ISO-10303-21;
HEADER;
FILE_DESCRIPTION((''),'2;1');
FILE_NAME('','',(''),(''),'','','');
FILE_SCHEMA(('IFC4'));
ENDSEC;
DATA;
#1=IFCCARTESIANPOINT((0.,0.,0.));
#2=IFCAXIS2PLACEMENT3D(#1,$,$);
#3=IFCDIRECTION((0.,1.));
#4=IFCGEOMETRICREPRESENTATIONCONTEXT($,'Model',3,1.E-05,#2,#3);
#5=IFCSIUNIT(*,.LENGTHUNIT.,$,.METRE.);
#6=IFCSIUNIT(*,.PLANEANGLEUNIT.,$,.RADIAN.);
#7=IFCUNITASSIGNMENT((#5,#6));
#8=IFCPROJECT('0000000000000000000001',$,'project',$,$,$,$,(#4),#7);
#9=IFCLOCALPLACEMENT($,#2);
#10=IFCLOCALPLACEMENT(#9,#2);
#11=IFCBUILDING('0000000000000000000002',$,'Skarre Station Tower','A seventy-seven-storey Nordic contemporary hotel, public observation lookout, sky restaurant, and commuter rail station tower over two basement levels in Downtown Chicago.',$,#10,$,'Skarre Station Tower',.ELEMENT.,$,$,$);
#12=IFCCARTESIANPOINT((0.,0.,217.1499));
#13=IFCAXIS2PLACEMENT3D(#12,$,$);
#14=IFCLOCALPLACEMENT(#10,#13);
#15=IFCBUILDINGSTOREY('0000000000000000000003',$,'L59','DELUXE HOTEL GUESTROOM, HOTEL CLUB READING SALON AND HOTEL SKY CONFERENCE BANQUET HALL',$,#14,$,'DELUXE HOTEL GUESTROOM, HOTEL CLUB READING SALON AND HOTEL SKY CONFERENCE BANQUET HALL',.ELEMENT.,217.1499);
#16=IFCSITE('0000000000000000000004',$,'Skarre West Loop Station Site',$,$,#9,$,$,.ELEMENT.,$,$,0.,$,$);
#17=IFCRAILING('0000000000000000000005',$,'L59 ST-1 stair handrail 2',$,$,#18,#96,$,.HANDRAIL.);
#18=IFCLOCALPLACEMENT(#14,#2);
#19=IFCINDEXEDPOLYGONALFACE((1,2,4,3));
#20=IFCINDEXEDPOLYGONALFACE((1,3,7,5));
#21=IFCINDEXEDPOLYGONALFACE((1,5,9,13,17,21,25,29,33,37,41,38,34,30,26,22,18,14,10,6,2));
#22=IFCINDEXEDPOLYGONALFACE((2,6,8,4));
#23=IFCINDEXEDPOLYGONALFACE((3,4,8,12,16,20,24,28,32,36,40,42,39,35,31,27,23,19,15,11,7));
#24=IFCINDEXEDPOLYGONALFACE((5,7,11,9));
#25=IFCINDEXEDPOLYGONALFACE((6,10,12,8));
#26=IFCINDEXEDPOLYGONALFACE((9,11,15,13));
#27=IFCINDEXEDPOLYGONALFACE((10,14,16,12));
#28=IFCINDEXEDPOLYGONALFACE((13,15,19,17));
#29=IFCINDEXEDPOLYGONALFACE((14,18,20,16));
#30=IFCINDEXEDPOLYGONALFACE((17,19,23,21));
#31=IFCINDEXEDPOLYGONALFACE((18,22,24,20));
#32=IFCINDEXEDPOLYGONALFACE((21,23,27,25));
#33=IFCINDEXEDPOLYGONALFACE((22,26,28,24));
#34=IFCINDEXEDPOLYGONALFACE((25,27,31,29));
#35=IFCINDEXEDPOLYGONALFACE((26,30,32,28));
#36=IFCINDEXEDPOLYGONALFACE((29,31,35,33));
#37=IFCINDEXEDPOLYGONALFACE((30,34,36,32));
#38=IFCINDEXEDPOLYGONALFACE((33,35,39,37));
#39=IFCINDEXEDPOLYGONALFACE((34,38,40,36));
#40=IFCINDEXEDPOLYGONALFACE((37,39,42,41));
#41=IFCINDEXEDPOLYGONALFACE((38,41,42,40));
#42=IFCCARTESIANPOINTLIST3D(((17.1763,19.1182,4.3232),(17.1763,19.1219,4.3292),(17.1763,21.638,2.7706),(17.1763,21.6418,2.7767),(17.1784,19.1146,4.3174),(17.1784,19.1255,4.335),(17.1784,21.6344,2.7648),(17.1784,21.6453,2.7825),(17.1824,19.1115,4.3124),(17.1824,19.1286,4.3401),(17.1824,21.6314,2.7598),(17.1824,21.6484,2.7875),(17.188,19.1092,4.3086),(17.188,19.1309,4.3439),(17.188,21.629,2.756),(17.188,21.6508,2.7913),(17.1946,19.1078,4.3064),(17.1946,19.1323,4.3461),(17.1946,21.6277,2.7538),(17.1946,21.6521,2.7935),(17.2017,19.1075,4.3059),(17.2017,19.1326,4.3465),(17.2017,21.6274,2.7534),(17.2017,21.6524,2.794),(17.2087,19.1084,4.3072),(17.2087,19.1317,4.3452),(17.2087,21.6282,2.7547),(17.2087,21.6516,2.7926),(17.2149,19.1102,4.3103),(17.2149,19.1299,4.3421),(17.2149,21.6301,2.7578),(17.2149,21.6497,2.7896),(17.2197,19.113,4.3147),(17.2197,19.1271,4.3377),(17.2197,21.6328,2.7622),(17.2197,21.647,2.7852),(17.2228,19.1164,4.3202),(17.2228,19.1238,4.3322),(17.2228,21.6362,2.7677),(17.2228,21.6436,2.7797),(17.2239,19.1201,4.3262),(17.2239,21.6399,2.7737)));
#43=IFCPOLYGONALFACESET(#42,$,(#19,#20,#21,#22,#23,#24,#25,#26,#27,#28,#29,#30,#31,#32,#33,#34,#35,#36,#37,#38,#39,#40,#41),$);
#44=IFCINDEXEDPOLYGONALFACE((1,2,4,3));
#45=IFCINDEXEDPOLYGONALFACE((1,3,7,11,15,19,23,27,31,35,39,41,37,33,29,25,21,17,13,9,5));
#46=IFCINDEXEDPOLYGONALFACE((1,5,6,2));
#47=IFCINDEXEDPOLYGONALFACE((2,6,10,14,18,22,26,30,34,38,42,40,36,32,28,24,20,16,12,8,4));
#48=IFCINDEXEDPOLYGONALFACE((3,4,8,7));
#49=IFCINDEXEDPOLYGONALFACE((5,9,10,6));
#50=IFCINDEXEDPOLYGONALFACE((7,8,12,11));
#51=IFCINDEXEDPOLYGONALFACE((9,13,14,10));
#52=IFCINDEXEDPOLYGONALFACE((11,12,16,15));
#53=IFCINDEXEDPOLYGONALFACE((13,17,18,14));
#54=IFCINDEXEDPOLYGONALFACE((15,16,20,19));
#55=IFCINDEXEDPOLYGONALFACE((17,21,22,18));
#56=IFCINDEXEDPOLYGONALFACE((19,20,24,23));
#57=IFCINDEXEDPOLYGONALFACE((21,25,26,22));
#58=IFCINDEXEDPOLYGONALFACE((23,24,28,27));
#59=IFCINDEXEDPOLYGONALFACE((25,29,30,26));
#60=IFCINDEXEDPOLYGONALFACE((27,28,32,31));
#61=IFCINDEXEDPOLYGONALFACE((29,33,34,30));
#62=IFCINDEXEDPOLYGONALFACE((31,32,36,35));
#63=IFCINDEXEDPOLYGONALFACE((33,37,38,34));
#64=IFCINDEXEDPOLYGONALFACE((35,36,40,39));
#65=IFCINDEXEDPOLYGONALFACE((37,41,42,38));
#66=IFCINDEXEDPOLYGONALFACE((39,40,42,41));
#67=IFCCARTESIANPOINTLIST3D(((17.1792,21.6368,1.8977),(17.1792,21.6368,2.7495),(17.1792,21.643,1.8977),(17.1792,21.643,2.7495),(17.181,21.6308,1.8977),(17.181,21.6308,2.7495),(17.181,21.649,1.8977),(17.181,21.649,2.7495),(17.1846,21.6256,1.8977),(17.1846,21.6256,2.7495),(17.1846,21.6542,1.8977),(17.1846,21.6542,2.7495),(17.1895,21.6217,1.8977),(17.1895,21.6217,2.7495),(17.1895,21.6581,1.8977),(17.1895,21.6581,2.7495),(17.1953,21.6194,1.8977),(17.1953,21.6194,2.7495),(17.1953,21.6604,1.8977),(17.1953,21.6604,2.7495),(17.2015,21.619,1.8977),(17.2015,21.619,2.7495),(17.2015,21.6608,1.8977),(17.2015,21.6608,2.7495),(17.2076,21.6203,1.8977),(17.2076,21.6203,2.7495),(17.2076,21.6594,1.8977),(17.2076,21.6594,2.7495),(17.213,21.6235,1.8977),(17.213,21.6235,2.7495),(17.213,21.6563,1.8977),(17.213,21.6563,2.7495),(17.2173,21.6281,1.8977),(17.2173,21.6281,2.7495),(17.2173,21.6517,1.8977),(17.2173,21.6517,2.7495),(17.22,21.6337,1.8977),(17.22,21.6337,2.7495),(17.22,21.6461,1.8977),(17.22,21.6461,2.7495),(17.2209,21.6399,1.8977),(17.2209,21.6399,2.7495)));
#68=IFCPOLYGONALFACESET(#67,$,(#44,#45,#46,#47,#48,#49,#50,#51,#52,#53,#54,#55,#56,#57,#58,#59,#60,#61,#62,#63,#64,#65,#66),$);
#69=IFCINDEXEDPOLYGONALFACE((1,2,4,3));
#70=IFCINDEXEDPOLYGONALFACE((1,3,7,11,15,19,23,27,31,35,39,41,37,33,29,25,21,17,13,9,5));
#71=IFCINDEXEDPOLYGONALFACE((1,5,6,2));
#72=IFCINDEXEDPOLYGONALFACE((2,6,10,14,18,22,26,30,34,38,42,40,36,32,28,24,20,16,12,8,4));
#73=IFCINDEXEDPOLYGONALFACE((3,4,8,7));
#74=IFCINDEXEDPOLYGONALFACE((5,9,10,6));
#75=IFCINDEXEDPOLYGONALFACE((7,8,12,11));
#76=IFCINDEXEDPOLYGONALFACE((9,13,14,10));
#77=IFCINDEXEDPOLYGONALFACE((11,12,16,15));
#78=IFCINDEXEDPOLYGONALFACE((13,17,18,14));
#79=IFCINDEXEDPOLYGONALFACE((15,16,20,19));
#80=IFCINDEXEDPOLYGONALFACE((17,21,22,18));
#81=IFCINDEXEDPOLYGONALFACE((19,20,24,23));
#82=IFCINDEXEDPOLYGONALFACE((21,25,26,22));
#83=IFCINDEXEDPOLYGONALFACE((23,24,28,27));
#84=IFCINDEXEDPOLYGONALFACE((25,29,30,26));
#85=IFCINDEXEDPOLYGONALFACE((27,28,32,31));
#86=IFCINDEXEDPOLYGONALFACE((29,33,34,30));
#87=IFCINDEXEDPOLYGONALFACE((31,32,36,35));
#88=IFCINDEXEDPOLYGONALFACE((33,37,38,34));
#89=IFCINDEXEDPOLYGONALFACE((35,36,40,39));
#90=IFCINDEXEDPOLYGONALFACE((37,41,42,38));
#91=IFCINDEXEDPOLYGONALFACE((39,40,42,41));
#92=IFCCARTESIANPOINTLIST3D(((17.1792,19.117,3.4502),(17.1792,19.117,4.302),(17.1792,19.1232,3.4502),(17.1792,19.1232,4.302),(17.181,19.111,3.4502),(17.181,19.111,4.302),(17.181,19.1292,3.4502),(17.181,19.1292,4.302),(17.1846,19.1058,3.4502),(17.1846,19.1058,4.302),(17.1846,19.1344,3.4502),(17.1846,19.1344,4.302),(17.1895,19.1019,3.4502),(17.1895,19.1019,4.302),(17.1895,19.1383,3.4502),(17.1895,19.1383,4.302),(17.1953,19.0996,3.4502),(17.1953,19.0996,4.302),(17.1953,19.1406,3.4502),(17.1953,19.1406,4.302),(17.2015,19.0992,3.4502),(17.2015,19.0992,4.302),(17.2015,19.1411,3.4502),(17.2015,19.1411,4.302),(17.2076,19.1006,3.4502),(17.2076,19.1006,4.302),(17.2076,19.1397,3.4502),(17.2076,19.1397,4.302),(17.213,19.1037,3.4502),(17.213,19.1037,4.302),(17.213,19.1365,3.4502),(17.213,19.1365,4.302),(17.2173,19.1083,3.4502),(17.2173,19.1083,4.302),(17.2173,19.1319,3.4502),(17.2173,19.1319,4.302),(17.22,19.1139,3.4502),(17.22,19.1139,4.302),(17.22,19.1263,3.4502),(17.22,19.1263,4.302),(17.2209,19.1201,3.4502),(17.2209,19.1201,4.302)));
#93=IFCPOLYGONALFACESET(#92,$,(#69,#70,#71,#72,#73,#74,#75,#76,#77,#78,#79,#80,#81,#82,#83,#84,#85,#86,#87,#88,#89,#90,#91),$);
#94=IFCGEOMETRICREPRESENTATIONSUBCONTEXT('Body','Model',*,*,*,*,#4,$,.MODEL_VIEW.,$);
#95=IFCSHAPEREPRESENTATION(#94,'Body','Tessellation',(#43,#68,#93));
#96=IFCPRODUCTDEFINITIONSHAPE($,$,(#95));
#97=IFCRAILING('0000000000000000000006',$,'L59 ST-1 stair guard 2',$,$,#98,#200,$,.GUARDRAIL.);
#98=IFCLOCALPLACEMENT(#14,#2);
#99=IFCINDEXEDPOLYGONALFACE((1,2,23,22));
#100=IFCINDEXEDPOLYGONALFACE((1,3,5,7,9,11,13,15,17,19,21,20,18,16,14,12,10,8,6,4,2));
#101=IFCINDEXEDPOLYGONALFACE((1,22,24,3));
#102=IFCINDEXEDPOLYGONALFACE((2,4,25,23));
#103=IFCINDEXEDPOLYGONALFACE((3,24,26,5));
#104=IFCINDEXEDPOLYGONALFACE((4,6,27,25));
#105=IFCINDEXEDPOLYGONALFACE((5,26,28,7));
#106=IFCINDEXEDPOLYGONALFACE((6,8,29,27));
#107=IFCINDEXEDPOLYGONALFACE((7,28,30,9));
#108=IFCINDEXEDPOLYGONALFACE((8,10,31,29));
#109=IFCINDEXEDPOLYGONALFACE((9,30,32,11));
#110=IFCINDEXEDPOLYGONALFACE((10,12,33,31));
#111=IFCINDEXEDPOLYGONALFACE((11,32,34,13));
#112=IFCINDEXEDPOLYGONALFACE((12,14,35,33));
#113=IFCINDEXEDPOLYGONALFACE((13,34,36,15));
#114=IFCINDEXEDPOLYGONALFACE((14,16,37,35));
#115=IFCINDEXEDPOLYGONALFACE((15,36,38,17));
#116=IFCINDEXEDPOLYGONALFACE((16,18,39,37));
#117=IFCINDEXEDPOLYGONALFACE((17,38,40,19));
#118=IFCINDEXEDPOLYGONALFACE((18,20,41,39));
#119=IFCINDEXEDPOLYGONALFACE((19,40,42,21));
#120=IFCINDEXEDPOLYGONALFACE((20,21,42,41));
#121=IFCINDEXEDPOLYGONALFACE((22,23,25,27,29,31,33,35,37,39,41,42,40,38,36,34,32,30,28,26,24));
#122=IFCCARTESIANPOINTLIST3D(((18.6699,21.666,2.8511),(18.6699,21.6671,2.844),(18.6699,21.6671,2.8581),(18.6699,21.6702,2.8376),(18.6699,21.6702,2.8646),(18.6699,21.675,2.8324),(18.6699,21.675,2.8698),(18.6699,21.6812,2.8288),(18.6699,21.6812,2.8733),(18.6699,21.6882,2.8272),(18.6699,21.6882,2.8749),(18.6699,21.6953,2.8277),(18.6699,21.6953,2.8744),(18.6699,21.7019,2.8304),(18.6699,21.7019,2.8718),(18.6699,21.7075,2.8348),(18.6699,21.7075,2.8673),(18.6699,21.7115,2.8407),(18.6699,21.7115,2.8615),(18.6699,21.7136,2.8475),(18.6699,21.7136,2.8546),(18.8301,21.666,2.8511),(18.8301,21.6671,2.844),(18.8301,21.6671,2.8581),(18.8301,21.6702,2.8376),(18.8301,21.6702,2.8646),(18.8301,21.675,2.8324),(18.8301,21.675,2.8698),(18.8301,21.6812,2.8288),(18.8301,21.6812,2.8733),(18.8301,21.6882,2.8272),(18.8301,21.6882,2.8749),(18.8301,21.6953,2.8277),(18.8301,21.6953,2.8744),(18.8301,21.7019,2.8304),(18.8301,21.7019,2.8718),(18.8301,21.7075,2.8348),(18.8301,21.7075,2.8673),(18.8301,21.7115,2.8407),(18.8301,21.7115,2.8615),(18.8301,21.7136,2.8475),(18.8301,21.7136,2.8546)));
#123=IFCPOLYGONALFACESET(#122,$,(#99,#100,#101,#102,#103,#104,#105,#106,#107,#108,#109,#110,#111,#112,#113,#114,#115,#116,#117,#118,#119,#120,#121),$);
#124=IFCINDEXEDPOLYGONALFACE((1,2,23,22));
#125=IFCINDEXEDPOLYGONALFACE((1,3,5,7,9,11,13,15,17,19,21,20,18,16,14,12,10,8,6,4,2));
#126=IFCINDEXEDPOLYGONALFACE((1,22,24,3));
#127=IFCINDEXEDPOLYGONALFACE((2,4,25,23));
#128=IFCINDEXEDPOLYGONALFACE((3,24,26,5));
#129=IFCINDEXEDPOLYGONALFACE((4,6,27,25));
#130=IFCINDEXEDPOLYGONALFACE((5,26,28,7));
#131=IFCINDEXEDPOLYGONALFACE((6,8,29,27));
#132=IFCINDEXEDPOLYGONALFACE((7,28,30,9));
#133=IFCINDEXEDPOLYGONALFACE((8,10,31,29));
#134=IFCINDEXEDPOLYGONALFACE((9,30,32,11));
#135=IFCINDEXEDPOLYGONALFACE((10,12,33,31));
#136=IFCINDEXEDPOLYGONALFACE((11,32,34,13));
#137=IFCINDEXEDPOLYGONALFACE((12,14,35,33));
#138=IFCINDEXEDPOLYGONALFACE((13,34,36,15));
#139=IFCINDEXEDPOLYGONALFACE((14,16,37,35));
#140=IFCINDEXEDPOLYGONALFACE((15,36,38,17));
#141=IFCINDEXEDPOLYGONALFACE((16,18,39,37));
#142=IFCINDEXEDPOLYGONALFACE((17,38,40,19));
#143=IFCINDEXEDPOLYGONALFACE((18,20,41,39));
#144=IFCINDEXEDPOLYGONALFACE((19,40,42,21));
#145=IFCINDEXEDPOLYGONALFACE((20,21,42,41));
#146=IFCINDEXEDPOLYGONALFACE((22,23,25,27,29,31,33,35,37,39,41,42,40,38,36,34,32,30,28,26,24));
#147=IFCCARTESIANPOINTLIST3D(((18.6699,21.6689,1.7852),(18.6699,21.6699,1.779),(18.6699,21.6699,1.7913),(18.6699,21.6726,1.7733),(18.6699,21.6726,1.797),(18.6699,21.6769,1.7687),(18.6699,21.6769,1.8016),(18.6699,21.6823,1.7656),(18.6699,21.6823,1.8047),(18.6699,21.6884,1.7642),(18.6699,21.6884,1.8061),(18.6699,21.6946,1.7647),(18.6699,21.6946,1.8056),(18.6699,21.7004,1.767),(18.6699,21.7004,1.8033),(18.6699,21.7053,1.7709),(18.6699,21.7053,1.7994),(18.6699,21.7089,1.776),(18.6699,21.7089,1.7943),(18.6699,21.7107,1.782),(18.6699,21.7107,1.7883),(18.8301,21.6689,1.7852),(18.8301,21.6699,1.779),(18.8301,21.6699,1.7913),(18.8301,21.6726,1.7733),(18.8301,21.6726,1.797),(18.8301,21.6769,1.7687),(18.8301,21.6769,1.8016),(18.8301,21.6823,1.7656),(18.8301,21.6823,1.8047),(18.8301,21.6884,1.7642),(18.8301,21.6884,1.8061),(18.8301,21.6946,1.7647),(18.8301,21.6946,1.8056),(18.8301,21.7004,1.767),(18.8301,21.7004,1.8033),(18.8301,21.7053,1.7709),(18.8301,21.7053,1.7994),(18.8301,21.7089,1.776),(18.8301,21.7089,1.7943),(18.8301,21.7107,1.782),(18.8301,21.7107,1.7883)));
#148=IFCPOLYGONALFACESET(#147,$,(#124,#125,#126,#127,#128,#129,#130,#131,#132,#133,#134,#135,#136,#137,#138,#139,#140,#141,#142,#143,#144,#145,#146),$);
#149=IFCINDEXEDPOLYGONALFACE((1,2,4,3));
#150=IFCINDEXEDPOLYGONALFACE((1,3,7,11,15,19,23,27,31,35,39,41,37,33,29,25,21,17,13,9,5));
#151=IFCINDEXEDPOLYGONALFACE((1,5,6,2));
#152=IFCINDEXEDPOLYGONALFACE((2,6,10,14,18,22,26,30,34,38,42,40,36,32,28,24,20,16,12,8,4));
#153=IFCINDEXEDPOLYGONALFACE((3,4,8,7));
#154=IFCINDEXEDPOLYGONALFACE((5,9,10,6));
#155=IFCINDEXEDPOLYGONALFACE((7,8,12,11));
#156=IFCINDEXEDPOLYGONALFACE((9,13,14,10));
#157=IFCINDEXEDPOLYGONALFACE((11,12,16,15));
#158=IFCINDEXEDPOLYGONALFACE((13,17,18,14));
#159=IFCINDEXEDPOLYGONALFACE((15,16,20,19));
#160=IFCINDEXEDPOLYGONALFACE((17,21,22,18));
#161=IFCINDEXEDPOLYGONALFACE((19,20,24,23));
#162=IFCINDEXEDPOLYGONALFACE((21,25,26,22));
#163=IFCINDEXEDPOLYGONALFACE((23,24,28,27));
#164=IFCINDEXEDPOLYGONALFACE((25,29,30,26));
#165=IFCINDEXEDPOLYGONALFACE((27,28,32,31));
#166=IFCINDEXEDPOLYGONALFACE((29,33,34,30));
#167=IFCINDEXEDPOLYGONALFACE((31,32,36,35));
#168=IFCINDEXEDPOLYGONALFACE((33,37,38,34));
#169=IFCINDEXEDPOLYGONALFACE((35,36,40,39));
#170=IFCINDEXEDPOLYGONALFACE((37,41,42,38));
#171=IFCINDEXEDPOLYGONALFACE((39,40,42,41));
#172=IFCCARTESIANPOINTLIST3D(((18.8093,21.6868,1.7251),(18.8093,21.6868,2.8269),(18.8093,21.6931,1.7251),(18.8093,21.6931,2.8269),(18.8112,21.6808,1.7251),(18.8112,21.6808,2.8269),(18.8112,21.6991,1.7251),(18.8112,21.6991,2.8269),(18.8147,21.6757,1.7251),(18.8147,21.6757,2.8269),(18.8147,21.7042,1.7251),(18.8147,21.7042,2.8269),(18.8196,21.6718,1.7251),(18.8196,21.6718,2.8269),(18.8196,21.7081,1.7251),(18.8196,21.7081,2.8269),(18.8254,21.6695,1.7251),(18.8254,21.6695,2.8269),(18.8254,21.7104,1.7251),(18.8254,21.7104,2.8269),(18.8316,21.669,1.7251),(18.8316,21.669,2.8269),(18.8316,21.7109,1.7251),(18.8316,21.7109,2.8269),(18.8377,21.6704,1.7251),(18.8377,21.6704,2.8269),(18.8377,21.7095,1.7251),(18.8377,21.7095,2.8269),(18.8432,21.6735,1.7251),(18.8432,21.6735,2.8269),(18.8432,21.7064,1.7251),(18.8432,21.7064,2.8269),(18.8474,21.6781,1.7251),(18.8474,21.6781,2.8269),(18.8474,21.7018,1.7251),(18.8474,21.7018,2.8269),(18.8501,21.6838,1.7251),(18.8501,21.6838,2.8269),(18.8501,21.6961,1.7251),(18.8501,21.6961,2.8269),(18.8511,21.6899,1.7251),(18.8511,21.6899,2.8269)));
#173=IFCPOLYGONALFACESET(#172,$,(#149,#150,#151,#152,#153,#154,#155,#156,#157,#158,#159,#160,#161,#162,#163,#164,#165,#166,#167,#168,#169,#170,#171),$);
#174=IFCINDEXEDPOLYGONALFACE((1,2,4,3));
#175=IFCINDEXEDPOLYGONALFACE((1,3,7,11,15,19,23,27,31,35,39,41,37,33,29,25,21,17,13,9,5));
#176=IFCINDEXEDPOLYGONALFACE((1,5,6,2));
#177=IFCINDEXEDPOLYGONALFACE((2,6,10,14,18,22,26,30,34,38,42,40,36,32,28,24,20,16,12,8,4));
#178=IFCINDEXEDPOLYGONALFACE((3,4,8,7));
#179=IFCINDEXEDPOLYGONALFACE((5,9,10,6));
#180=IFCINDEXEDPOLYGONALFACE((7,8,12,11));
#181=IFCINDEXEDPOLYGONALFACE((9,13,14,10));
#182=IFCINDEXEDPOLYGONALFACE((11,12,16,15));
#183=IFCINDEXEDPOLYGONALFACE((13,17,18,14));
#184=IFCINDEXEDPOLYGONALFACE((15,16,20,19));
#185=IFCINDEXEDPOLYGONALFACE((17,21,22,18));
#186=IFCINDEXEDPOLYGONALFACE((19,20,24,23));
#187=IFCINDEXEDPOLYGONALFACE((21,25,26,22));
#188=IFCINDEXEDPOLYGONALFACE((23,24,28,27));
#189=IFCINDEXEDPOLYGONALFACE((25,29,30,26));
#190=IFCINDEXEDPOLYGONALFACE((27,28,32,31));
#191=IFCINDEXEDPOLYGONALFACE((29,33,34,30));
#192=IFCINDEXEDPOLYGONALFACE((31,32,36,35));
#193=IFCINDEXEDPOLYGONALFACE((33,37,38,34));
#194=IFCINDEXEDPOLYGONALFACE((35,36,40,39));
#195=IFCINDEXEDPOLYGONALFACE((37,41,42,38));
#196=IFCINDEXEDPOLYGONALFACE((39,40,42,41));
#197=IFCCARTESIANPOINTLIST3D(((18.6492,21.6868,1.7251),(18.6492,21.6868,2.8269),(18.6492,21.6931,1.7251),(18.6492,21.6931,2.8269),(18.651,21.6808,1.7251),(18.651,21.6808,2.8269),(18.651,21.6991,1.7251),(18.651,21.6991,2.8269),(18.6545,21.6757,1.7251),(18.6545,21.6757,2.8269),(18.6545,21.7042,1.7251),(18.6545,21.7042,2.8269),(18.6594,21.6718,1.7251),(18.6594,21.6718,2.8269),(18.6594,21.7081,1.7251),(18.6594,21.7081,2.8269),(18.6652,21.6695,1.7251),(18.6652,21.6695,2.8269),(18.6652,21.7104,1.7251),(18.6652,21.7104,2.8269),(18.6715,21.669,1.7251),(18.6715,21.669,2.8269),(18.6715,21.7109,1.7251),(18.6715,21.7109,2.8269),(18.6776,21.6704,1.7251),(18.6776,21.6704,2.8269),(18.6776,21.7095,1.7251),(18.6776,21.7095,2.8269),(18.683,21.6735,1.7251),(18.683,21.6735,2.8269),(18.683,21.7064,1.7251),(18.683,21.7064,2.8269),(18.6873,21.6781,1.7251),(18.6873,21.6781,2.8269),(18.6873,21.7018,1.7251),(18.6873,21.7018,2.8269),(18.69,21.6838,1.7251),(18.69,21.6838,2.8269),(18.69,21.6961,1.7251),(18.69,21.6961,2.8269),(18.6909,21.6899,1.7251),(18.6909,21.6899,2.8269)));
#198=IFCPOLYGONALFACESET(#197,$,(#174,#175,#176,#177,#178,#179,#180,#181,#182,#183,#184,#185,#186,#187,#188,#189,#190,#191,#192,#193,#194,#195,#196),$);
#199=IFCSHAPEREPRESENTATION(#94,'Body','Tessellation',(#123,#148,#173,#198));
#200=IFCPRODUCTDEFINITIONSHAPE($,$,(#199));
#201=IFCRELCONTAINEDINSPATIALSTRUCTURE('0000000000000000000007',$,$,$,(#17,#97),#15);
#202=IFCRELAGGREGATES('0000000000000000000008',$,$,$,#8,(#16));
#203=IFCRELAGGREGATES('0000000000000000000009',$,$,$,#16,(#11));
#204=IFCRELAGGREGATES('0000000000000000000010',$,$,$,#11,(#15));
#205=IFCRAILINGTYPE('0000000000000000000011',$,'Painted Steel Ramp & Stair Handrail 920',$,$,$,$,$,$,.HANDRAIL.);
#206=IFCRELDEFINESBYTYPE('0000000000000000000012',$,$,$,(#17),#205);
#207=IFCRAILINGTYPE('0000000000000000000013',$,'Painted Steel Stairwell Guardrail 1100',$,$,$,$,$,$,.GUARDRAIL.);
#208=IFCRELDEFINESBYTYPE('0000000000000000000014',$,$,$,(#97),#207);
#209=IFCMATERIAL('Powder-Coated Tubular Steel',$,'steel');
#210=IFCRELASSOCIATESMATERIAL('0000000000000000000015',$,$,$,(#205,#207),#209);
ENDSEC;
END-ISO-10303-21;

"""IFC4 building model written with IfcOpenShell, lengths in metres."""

from ifc_helpers import new_model, si_unit, direction, frame, origin, origin_2d, place, context, subcontext, project, spatial, circle, extrude, material, type_object, element, save


model = new_model("IFC4")

# Units and contexts
model_context = context("Model", 3, precision=1e-05, world=origin(), true_north=direction((0.0, 1.0)))
body_context = subcontext(model_context, "Body", "Model", "MODEL_VIEW")
ifc_project = project(units=[si_unit("LENGTHUNIT", "METRE"), si_unit("PLANEANGLEUNIT", "RADIAN")], contexts=[model_context])

# Site, building, storey
site_placement = place(None, origin())
site = spatial("IfcSite", under=ifc_project, at=site_placement, Name="Skarre West Loop Station Site", CompositionType="ELEMENT", RefElevation=0.0)
building_placement = place(site_placement, origin())
building = spatial("IfcBuilding", under=site, at=building_placement, Name="Skarre Station Tower", Description="A seventy-seven-storey Nordic contemporary hotel, public observation lookout, sky restaurant, and commuter rail station tower over two basement levels in Downtown Chicago.", LongName="Skarre Station Tower", CompositionType="ELEMENT")
storey_placement = place(building_placement, frame((0.0, 0.0, 217.1499)))
storey = spatial("IfcBuildingStorey", under=building, at=storey_placement, Name="L59", Description="DELUXE HOTEL GUESTROOM, HOTEL CLUB READING SALON AND HOTEL SKY CONFERENCE BANQUET HALL", LongName="DELUXE HOTEL GUESTROOM, HOTEL CLUB READING SALON AND HOTEL SKY CONFERENCE BANQUET HALL", CompositionType="ELEMENT", Elevation=217.1499)

# Railings
ifc_material_1 = material(Name="Powder-Coated Tubular Steel", Category="steel")
railing_type_1 = type_object("IfcRailingType", Name="Painted Steel Ramp & Stair Handrail 920", PredefinedType="HANDRAIL", material=ifc_material_1)
railing_1_placement = place(storey_placement, frame((17.2, 21.6399, 1.8977)))
element("IfcRailing", 1, at=railing_1_placement, inside=storey, type_object=railing_type_1, Name="L59 ST-1 stair handrail 2", PredefinedType="HANDRAIL", context=body_context, shape_type="SweptSolid", body=[
    extrude(circle(Radius=0.0239, at=origin_2d()), frame((0.0, 0.0, 0.876), z_axis=(0.0, -0.851378, 0.524553), x_axis=(1.0, 0.0, 0.0)), (0.0, 0.0, 1.0), 2.9597),
    extrude(circle(Radius=0.021, at=origin_2d()), origin(), (0.0, 0.0, 1.0), 0.8518),
    extrude(circle(Radius=0.021, at=origin_2d()), frame((0.0, -2.5198, 1.5525)), (0.0, 0.0, 1.0), 0.8518),
])
railing_type_2 = type_object("IfcRailingType", Name="Painted Steel Stairwell Guardrail 1100", PredefinedType="GUARDRAIL", material=ifc_material_1)
railing_2_placement = place(storey_placement, frame((18.8301, 21.6899, 1.7251)))
element("IfcRailing", 2, at=railing_2_placement, inside=storey, type_object=railing_type_2, Name="L59 ST-1 stair guard 2", PredefinedType="GUARDRAIL", context=body_context, shape_type="SweptSolid", body=[
    extrude(circle(Radius=0.0239, at=origin_2d()), frame((0.0, 0.0, 1.126), z_axis=(-1.0, 0.0, 0.0), x_axis=(0.0, -1.0, 0.0)), (0.0, 0.0, 1.0), 0.1602),
    extrude(circle(Radius=0.021, at=origin_2d()), frame((0.0, 0.0, 0.0601), z_axis=(-1.0, 0.0, 0.0), x_axis=(0.0, -1.0, 0.0)), (0.0, 0.0, 1.0), 0.1602),
    extrude(circle(Radius=0.021, at=origin_2d()), origin(), (0.0, 0.0, 1.0), 1.1018),
    extrude(circle(Radius=0.021, at=origin_2d()), frame((-0.1602, 0.0, 0.0)), (0.0, 0.0, 1.0), 1.1018),
])

save(model, "model.ifc")
